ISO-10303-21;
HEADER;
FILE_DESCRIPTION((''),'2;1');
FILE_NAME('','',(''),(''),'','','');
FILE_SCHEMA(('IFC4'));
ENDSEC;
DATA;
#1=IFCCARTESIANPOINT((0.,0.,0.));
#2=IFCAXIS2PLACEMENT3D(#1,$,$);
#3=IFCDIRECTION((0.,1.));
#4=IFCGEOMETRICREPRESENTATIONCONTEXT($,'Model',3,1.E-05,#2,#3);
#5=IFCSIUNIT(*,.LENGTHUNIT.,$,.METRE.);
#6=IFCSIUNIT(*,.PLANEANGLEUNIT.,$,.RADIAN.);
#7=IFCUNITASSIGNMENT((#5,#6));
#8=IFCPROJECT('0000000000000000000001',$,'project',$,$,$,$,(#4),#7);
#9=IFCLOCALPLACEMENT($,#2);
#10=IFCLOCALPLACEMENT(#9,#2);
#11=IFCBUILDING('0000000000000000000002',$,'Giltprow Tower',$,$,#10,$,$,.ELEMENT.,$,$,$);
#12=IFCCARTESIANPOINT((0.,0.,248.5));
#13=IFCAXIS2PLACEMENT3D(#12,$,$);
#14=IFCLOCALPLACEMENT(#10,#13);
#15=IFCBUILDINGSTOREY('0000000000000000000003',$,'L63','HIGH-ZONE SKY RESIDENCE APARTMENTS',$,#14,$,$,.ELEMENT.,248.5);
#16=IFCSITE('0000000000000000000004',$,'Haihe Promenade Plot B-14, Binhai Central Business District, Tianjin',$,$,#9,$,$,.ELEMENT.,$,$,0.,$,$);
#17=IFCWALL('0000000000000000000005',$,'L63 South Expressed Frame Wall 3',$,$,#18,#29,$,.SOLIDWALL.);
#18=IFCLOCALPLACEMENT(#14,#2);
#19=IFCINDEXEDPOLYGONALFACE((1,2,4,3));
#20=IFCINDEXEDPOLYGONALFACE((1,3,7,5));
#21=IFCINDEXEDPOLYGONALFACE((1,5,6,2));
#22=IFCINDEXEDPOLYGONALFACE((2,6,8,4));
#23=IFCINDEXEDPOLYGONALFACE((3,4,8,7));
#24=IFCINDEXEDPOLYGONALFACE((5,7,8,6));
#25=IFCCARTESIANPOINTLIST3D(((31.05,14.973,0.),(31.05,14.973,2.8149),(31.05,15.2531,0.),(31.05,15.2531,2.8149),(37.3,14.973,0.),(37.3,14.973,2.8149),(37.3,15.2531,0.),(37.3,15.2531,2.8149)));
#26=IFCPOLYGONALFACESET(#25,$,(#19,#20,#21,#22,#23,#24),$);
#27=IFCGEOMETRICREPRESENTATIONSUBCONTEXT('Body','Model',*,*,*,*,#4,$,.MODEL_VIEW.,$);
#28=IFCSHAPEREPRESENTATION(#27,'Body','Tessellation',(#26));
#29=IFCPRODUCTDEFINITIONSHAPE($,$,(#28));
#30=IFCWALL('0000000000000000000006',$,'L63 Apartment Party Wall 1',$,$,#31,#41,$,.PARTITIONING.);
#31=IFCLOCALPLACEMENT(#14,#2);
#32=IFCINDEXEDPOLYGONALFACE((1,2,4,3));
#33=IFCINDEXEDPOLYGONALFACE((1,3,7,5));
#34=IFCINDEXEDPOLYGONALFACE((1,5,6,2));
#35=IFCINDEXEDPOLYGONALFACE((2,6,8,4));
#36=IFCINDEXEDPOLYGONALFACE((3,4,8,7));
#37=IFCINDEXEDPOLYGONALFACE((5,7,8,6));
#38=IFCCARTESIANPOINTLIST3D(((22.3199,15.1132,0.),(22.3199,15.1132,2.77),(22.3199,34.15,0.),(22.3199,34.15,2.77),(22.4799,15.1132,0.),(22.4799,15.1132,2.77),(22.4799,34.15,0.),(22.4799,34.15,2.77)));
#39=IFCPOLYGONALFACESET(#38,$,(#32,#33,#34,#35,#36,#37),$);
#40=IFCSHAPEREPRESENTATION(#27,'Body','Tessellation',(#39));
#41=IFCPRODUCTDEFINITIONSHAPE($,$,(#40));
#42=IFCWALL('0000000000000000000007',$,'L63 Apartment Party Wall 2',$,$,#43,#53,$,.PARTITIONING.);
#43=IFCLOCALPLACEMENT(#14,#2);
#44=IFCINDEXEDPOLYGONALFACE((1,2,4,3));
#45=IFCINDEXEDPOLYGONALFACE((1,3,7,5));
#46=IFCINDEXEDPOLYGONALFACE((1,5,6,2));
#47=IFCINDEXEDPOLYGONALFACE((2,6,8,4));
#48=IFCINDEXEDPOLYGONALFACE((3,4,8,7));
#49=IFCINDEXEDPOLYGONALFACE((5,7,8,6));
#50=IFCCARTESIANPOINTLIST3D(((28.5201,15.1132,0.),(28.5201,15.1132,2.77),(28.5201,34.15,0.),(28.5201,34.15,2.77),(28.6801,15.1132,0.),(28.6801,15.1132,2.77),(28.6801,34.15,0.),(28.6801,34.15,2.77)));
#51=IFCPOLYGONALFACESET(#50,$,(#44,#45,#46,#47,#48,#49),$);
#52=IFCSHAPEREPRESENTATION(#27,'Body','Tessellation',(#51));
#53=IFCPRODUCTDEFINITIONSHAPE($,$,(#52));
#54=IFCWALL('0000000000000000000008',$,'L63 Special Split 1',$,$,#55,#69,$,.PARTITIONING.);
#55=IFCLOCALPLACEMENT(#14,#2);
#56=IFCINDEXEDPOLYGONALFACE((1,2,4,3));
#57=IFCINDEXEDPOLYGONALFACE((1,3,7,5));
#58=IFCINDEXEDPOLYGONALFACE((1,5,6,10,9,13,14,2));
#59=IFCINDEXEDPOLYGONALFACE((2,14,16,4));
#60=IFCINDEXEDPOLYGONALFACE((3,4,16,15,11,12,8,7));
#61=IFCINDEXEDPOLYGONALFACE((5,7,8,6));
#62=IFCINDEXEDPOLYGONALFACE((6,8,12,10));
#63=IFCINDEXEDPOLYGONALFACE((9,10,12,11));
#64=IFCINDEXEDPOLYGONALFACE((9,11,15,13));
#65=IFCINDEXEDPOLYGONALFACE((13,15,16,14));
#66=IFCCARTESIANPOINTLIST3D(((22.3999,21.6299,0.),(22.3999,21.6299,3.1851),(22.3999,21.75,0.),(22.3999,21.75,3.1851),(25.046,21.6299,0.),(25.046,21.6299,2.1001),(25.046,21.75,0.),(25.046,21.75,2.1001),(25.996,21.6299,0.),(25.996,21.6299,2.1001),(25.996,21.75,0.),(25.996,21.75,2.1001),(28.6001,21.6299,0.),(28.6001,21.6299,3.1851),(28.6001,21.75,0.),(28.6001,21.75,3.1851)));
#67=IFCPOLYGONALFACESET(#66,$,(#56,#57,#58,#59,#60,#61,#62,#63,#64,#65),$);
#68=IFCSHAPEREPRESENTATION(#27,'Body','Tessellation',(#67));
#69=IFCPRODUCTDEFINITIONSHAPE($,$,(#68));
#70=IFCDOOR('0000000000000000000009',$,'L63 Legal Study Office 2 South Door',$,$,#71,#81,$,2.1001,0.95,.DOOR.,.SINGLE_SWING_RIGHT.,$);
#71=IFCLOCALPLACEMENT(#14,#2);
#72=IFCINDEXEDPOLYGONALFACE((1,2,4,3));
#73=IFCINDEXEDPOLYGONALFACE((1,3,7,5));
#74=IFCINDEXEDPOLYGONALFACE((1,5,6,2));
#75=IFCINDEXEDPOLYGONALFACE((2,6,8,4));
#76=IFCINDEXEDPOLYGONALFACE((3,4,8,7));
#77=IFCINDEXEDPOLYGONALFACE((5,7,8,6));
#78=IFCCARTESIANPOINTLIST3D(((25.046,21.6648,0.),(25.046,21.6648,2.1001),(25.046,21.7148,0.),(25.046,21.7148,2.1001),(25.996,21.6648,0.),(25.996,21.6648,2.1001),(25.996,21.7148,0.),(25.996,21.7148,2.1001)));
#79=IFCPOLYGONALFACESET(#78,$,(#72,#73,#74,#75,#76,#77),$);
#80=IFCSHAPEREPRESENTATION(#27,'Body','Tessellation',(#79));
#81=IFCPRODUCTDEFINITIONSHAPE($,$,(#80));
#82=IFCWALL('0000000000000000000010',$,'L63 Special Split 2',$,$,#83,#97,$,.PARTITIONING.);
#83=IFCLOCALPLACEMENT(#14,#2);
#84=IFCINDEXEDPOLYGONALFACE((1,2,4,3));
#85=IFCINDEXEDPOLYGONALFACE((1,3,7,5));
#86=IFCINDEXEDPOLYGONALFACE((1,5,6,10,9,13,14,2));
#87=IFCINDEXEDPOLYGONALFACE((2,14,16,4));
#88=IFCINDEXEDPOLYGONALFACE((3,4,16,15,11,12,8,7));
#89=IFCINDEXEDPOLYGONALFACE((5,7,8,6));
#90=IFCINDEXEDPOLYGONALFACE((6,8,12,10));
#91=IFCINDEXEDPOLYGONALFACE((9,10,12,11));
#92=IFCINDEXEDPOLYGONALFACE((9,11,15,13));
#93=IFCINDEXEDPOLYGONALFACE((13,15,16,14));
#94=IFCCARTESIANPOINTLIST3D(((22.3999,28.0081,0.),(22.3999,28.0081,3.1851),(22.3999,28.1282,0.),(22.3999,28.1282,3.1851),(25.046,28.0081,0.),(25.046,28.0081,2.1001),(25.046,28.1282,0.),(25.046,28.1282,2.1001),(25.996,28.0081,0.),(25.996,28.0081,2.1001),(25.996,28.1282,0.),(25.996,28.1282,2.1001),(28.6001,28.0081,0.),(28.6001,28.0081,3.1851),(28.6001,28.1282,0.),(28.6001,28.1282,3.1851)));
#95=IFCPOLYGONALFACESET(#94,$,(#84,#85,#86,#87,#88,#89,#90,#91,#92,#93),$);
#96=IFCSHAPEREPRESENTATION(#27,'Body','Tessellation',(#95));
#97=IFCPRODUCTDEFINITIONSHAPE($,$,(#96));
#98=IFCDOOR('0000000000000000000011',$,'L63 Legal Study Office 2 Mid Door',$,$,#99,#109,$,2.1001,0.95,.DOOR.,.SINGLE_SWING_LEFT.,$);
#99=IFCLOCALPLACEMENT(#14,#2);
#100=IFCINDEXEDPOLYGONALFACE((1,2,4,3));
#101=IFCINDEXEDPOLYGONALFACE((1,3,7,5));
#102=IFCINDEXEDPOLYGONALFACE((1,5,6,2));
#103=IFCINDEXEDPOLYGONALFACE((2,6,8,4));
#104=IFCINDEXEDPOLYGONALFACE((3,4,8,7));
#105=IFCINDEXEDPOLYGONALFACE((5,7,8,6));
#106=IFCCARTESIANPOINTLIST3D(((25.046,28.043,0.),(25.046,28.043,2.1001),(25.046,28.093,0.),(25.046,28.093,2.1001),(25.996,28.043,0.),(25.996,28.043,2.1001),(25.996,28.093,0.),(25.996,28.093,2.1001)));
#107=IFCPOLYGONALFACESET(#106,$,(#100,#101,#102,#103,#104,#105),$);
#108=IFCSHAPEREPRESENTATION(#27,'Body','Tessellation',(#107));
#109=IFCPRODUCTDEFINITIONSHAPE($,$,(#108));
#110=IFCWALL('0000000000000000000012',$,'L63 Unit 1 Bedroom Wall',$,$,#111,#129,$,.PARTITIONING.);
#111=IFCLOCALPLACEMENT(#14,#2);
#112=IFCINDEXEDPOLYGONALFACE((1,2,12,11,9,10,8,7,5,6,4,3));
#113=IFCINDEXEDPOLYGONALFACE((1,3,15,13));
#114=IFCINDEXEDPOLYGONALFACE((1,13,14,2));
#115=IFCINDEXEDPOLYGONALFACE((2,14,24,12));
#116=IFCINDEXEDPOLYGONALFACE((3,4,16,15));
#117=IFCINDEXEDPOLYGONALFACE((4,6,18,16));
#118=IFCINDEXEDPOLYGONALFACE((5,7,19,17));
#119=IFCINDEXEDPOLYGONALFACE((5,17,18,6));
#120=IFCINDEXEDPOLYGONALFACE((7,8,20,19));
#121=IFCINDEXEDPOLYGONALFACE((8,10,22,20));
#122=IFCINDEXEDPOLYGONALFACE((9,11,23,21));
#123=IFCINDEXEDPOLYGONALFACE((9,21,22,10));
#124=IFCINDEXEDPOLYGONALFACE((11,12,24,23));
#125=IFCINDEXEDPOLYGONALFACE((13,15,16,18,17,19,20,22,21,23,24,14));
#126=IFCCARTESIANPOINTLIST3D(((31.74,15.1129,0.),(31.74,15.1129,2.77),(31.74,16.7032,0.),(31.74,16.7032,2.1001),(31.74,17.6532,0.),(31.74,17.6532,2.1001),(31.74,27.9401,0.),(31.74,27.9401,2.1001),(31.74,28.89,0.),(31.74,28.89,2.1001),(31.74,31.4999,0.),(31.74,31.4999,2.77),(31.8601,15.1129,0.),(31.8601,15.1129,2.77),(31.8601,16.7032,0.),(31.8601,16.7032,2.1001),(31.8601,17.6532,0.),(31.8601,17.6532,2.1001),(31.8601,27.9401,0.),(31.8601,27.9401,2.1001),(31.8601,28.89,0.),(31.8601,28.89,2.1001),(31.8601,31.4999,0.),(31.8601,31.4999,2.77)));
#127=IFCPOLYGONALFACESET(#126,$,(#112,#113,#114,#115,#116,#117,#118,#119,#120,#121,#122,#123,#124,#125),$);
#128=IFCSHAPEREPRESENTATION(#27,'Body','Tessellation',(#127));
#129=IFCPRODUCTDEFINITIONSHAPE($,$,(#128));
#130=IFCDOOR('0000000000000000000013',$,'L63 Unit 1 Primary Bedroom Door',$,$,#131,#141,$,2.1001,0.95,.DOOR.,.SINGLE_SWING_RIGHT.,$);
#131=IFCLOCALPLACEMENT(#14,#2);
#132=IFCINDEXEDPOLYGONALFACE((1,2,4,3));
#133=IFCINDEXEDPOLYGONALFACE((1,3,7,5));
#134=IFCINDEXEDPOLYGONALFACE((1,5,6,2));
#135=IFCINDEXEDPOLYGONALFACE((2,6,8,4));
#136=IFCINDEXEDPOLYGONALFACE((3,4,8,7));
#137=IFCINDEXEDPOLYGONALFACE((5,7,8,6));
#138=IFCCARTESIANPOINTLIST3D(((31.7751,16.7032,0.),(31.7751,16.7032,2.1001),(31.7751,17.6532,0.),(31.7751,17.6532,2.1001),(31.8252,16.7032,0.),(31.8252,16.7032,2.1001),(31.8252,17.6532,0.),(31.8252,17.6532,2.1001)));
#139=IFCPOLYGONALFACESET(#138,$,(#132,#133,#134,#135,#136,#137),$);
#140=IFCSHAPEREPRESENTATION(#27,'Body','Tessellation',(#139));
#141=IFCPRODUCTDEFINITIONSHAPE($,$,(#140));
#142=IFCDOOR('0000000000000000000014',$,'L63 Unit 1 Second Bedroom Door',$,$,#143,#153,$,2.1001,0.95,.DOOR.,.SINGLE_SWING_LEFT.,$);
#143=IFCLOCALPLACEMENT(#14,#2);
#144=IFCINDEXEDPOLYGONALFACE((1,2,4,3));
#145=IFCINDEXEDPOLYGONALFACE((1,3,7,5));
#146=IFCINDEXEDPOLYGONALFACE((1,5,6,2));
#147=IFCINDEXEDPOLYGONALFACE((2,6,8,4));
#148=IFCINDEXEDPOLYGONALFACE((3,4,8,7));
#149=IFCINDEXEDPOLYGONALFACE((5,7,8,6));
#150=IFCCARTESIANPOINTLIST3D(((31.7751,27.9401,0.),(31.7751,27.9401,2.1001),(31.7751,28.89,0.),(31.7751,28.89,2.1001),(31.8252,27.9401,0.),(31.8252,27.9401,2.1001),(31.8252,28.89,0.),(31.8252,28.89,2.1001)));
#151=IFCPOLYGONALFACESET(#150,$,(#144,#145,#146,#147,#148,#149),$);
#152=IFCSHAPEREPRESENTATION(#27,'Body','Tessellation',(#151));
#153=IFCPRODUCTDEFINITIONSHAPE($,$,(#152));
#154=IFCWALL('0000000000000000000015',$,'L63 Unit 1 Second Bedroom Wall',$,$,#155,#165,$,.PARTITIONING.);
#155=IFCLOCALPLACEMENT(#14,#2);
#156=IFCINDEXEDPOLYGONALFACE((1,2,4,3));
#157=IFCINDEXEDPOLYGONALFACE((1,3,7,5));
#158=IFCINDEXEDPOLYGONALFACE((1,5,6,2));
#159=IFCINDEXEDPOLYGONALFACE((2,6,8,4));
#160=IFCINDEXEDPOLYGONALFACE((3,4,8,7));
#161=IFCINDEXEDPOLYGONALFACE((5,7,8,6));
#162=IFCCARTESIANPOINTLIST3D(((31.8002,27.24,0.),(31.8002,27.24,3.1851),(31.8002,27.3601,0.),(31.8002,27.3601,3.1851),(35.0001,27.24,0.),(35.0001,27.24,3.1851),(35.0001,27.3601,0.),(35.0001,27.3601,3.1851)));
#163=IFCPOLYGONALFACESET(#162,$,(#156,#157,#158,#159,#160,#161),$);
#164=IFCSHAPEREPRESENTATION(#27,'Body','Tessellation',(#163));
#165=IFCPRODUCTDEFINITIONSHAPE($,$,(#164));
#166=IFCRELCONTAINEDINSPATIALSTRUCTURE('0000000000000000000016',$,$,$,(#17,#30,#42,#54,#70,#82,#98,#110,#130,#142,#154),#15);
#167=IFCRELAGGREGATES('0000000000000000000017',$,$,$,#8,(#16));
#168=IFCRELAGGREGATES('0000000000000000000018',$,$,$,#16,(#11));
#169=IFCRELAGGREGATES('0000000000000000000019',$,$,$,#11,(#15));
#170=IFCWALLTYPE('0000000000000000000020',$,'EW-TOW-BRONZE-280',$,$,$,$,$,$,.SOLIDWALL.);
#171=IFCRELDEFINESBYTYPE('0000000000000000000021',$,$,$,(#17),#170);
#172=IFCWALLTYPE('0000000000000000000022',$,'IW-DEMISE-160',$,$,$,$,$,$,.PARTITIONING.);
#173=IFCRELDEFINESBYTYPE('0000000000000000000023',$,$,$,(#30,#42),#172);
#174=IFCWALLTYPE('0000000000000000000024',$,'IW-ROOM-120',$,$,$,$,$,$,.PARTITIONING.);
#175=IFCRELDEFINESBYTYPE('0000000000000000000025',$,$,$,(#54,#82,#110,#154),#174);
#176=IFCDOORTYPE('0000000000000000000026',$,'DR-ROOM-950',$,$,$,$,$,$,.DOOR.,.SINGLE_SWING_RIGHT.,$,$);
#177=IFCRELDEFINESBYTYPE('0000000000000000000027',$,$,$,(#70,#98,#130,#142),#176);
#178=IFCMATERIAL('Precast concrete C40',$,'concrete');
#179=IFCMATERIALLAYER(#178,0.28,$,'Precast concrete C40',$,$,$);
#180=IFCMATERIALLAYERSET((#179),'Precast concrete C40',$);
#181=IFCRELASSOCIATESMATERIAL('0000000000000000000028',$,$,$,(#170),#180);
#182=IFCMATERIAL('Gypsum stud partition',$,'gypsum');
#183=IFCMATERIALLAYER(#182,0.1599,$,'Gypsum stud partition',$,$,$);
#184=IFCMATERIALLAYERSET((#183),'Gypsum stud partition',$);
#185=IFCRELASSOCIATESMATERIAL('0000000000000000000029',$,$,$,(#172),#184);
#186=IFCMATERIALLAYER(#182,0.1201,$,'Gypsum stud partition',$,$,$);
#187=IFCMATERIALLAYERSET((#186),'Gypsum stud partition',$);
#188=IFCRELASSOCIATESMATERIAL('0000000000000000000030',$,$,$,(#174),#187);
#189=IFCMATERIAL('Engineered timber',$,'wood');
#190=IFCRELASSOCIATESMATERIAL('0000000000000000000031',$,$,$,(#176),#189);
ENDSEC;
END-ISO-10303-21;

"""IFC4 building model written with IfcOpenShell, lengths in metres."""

from ifc_helpers import new_model, si_unit, direction, frame, frame_2d, origin, place, context, subcontext, project, spatial, rectangle, extrude, source, transform, mapped, material, layer, layer_set, type_object, element, fill, save


model = new_model("IFC4")

# Units and contexts
model_context = context("Model", 3, precision=1e-05, world=origin(), true_north=direction((0.0, 1.0)))
body_context = subcontext(model_context, "Body", "Model", "MODEL_VIEW")
ifc_project = project(units=[si_unit("LENGTHUNIT", "METRE"), si_unit("PLANEANGLEUNIT", "RADIAN")], contexts=[model_context])

# Site, building, storey
site_placement = place(None, origin())
site = spatial("IfcSite", under=ifc_project, at=site_placement, Name="Haihe Promenade Plot B-14, Binhai Central Business District, Tianjin", CompositionType="ELEMENT", RefElevation=0.0)
building_placement = place(site_placement, origin())
building = spatial("IfcBuilding", under=site, at=building_placement, Name="Giltprow Tower", CompositionType="ELEMENT")
storey_placement = place(building_placement, frame((0.0, 0.0, 248.5)))
storey = spatial("IfcBuildingStorey", under=building, at=storey_placement, Name="L63", Description="HIGH-ZONE SKY RESIDENCE APARTMENTS", CompositionType="ELEMENT", Elevation=248.5)

# Walls
ifc_material_1 = material(Name="Precast concrete C40", Category="concrete")
ifc_layer_1 = layer(ifc_material_1, 0.28, Name="Precast concrete C40")
ifc_layer_set_1 = layer_set([ifc_layer_1], Name="Precast concrete C40")
wall_type_1 = type_object("IfcWallType", Name="EW-TOW-BRONZE-280", PredefinedType="SOLIDWALL", material=ifc_layer_set_1)
wall_1_placement = place(storey_placement, frame((31.05, 15.113, 0.0), z_axis=(0.0, 0.0, 1.0), x_axis=(1.0, 0.0, 0.0)))
element("IfcWall", 1, at=wall_1_placement, inside=storey, type_object=wall_type_1, Name="L63 South Expressed Frame Wall 3", PredefinedType="SOLIDWALL", context=body_context, shape_type="SweptSolid", body=[
    extrude(rectangle(XDim=6.25, YDim=0.28, at=frame_2d((3.125, 0.0))), origin(), (0.0, 0.0, 1.0), 2.8149),
])
ifc_material_2 = material(Name="Gypsum stud partition", Category="gypsum")
ifc_layer_2 = layer(ifc_material_2, 0.1599, Name="Gypsum stud partition")
ifc_layer_set_2 = layer_set([ifc_layer_2], Name="Gypsum stud partition")
wall_type_2 = type_object("IfcWallType", Name="IW-DEMISE-160", PredefinedType="PARTITIONING", material=ifc_layer_set_2)
for number, where, z_axis, x_axis, name in (
    (2, (22.3999, 15.113, 0.0), (0.0, 0.0, 1.0), (0.0, 1.0, 0.0), "L63 Apartment Party Wall 1"),
    (3, (28.6001, 15.113, 0.0), (0.0, 0.0, 1.0), (0.0, 1.0, 0.0), "L63 Apartment Party Wall 2"),
):
    element("IfcWall", number, at=place(storey_placement, frame(where, z_axis=z_axis, x_axis=x_axis)), inside=storey, type_object=wall_type_2, Name=name, PredefinedType="PARTITIONING", context=body_context, shape_type="SweptSolid", body=[
        extrude(rectangle(XDim=19.0369, YDim=0.1599, at=frame_2d((9.5186, 0.0))), origin(), (0.0, 0.0, 1.0), 2.77),
    ])

# Walls, openings, doors
ifc_layer_3 = layer(ifc_material_2, 0.1201, Name="Gypsum stud partition")
ifc_layer_set_3 = layer_set([ifc_layer_3], Name="Gypsum stud partition")
wall_type_3 = type_object("IfcWallType", Name="IW-ROOM-120", PredefinedType="PARTITIONING", material=ifc_layer_set_3)
wall_2_placement = place(storey_placement, frame((22.3999, 21.6899, 0.0), z_axis=(0.0, 0.0, 1.0), x_axis=(1.0, 0.0, 0.0)))
wall_2 = element("IfcWall", 4, at=wall_2_placement, inside=storey, type_object=wall_type_3, Name="L63 Special Split 1", PredefinedType="PARTITIONING", context=body_context, shape_type="SweptSolid", body=[
    extrude(rectangle(XDim=6.2002, YDim=0.1201, at=frame_2d((3.1001, 0.0))), origin(), (0.0, 0.0, 1.0), 3.1851),
])
opening_1_placement = place(wall_2_placement, frame((2.646, 0.0, 0.0)))
opening_1 = element("IfcOpeningElement", 5, at=opening_1_placement, cuts=wall_2, PredefinedType="OPENING", context=body_context, shape_type="SweptSolid", body=[
    extrude(rectangle(XDim=0.95, YDim=2.1001, at=frame_2d((0.4751, 1.05))), frame((0.0, 0.0701, 0.0), z_axis=(0.0, -1.0, 0.0), x_axis=(1.0, 0.0, 0.0)), (0.0, 0.0, 1.0), 0.1401),
])
ifc_material_3 = material(Name="Engineered timber", Category="wood")
door_type = type_object("IfcDoorType", Name="DR-ROOM-950", OperationType="SINGLE_SWING_RIGHT", PredefinedType="DOOR", material=ifc_material_3)
shared_shape_1 = source(origin(), body_context, "Body", "SweptSolid", [
    extrude(rectangle(XDim=0.95, YDim=2.1001, at=frame_2d((0.4751, 1.05))), frame((0.0, 0.0249, 0.0), z_axis=(0.0, -1.0, 0.0), x_axis=(1.0, 0.0, 0.0)), (0.0, 0.0, 1.0), 0.05),
])
door_1_placement = place(opening_1_placement, origin())
door_1 = element("IfcDoor", 6, at=door_1_placement, inside=storey, type_object=door_type, Name="L63 Legal Study Office 2 South Door", OperationType="SINGLE_SWING_RIGHT", OverallHeight=2.1001, OverallWidth=0.95, PredefinedType="DOOR", context=body_context, shape_type="MappedRepresentation", body=[
    mapped(shared_shape_1, transform((0.0, 0.0, 0.0), x_axis=(1.0, 0.0, 0.0), y_axis=(0.0, 1.0, 0.0), z_axis=(0.0, 0.0, 1.0), scale=1.0)),
])
fill(opening_1, door_1)
wall_3_placement = place(storey_placement, frame((22.3999, 28.0681, 0.0), z_axis=(0.0, 0.0, 1.0), x_axis=(1.0, 0.0, 0.0)))
wall_3 = element("IfcWall", 7, at=wall_3_placement, inside=storey, type_object=wall_type_3, Name="L63 Special Split 2", PredefinedType="PARTITIONING", context=body_context, shape_type="SweptSolid", body=[
    extrude(rectangle(XDim=6.2002, YDim=0.1201, at=frame_2d((3.1001, 0.0))), origin(), (0.0, 0.0, 1.0), 3.1851),
])
opening_2_placement = place(wall_3_placement, frame((2.646, 0.0, 0.0)))
opening_2 = element("IfcOpeningElement", 8, at=opening_2_placement, cuts=wall_3, PredefinedType="OPENING", context=body_context, shape_type="SweptSolid", body=[
    extrude(rectangle(XDim=0.95, YDim=2.1001, at=frame_2d((0.4751, 1.05))), frame((0.0, 0.0701, 0.0), z_axis=(0.0, -1.0, 0.0), x_axis=(1.0, 0.0, 0.0)), (0.0, 0.0, 1.0), 0.1401),
])
door_2_placement = place(opening_2_placement, origin())
door_2 = element("IfcDoor", 9, at=door_2_placement, inside=storey, type_object=door_type, Name="L63 Legal Study Office 2 Mid Door", OperationType="SINGLE_SWING_LEFT", OverallHeight=2.1001, OverallWidth=0.95, PredefinedType="DOOR", context=body_context, shape_type="MappedRepresentation", body=[
    mapped(shared_shape_1, transform((0.0, 0.0, 0.0), x_axis=(1.0, 0.0, 0.0), y_axis=(0.0, 1.0, 0.0), z_axis=(0.0, 0.0, 1.0), scale=1.0)),
])
fill(opening_2, door_2)

# Wall, openings, doors
wall_4_placement = place(storey_placement, frame((31.8, 15.113, 0.0), z_axis=(0.0, 0.0, 1.0), x_axis=(0.0, 1.0, 0.0)))
wall_4 = element("IfcWall", 10, at=wall_4_placement, inside=storey, type_object=wall_type_3, Name="L63 Unit 1 Bedroom Wall", PredefinedType="PARTITIONING", context=body_context, shape_type="SweptSolid", body=[
    extrude(rectangle(XDim=16.387, YDim=0.1201, at=frame_2d((8.1934, 0.0))), origin(), (0.0, 0.0, 1.0), 2.77),
])
opening_3_placement = place(wall_4_placement, frame((1.5901, 0.0, 0.0)))
opening_3 = element("IfcOpeningElement", 11, at=opening_3_placement, cuts=wall_4, PredefinedType="OPENING", context=body_context, shape_type="SweptSolid", body=[
    extrude(rectangle(XDim=0.95, YDim=2.1001, at=frame_2d((0.4751, 1.05))), frame((0.0, 0.0701, 0.0), z_axis=(0.0, -1.0, 0.0), x_axis=(1.0, 0.0, 0.0)), (0.0, 0.0, 1.0), 0.1401),
])
opening_4_placement = place(wall_4_placement, frame((12.8269, 0.0, 0.0)))
opening_4 = element("IfcOpeningElement", 12, at=opening_4_placement, cuts=wall_4, PredefinedType="OPENING", context=body_context, shape_type="SweptSolid", body=[
    extrude(rectangle(XDim=0.95, YDim=2.1001, at=frame_2d((0.4751, 1.05))), frame((0.0, 0.0701, 0.0), z_axis=(0.0, -1.0, 0.0), x_axis=(1.0, 0.0, 0.0)), (0.0, 0.0, 1.0), 0.1401),
])
door_3_placement = place(opening_3_placement, origin())
door_3 = element("IfcDoor", 13, at=door_3_placement, inside=storey, type_object=door_type, Name="L63 Unit 1 Primary Bedroom Door", OperationType="SINGLE_SWING_RIGHT", OverallHeight=2.1001, OverallWidth=0.95, PredefinedType="DOOR", context=body_context, shape_type="MappedRepresentation", body=[
    mapped(shared_shape_1, transform((0.0, 0.0, 0.0), x_axis=(1.0, 0.0, 0.0), y_axis=(0.0, 1.0, 0.0), z_axis=(0.0, 0.0, 1.0), scale=1.0)),
])
fill(opening_3, door_3)
door_4_placement = place(opening_4_placement, origin())
door_4 = element("IfcDoor", 14, at=door_4_placement, inside=storey, type_object=door_type, Name="L63 Unit 1 Second Bedroom Door", OperationType="SINGLE_SWING_LEFT", OverallHeight=2.1001, OverallWidth=0.95, PredefinedType="DOOR", context=body_context, shape_type="MappedRepresentation", body=[
    mapped(shared_shape_1, transform((0.0, 0.0, 0.0), x_axis=(1.0, 0.0, 0.0), y_axis=(0.0, 1.0, 0.0), z_axis=(0.0, 0.0, 1.0), scale=1.0)),
])
fill(opening_4, door_4)

# Wall
wall_5_placement = place(storey_placement, frame((31.8, 27.3, 0.0), z_axis=(0.0, 0.0, 1.0), x_axis=(1.0, 0.0, 0.0)))
element("IfcWall", 15, at=wall_5_placement, inside=storey, type_object=wall_type_3, Name="L63 Unit 1 Second Bedroom Wall", PredefinedType="PARTITIONING", context=body_context, shape_type="SweptSolid", body=[
    extrude(rectangle(XDim=3.2, YDim=0.1201, at=frame_2d((1.6001, 0.0))), origin(), (0.0, 0.0, 1.0), 3.1851),
])

save(model, "model.ifc")
